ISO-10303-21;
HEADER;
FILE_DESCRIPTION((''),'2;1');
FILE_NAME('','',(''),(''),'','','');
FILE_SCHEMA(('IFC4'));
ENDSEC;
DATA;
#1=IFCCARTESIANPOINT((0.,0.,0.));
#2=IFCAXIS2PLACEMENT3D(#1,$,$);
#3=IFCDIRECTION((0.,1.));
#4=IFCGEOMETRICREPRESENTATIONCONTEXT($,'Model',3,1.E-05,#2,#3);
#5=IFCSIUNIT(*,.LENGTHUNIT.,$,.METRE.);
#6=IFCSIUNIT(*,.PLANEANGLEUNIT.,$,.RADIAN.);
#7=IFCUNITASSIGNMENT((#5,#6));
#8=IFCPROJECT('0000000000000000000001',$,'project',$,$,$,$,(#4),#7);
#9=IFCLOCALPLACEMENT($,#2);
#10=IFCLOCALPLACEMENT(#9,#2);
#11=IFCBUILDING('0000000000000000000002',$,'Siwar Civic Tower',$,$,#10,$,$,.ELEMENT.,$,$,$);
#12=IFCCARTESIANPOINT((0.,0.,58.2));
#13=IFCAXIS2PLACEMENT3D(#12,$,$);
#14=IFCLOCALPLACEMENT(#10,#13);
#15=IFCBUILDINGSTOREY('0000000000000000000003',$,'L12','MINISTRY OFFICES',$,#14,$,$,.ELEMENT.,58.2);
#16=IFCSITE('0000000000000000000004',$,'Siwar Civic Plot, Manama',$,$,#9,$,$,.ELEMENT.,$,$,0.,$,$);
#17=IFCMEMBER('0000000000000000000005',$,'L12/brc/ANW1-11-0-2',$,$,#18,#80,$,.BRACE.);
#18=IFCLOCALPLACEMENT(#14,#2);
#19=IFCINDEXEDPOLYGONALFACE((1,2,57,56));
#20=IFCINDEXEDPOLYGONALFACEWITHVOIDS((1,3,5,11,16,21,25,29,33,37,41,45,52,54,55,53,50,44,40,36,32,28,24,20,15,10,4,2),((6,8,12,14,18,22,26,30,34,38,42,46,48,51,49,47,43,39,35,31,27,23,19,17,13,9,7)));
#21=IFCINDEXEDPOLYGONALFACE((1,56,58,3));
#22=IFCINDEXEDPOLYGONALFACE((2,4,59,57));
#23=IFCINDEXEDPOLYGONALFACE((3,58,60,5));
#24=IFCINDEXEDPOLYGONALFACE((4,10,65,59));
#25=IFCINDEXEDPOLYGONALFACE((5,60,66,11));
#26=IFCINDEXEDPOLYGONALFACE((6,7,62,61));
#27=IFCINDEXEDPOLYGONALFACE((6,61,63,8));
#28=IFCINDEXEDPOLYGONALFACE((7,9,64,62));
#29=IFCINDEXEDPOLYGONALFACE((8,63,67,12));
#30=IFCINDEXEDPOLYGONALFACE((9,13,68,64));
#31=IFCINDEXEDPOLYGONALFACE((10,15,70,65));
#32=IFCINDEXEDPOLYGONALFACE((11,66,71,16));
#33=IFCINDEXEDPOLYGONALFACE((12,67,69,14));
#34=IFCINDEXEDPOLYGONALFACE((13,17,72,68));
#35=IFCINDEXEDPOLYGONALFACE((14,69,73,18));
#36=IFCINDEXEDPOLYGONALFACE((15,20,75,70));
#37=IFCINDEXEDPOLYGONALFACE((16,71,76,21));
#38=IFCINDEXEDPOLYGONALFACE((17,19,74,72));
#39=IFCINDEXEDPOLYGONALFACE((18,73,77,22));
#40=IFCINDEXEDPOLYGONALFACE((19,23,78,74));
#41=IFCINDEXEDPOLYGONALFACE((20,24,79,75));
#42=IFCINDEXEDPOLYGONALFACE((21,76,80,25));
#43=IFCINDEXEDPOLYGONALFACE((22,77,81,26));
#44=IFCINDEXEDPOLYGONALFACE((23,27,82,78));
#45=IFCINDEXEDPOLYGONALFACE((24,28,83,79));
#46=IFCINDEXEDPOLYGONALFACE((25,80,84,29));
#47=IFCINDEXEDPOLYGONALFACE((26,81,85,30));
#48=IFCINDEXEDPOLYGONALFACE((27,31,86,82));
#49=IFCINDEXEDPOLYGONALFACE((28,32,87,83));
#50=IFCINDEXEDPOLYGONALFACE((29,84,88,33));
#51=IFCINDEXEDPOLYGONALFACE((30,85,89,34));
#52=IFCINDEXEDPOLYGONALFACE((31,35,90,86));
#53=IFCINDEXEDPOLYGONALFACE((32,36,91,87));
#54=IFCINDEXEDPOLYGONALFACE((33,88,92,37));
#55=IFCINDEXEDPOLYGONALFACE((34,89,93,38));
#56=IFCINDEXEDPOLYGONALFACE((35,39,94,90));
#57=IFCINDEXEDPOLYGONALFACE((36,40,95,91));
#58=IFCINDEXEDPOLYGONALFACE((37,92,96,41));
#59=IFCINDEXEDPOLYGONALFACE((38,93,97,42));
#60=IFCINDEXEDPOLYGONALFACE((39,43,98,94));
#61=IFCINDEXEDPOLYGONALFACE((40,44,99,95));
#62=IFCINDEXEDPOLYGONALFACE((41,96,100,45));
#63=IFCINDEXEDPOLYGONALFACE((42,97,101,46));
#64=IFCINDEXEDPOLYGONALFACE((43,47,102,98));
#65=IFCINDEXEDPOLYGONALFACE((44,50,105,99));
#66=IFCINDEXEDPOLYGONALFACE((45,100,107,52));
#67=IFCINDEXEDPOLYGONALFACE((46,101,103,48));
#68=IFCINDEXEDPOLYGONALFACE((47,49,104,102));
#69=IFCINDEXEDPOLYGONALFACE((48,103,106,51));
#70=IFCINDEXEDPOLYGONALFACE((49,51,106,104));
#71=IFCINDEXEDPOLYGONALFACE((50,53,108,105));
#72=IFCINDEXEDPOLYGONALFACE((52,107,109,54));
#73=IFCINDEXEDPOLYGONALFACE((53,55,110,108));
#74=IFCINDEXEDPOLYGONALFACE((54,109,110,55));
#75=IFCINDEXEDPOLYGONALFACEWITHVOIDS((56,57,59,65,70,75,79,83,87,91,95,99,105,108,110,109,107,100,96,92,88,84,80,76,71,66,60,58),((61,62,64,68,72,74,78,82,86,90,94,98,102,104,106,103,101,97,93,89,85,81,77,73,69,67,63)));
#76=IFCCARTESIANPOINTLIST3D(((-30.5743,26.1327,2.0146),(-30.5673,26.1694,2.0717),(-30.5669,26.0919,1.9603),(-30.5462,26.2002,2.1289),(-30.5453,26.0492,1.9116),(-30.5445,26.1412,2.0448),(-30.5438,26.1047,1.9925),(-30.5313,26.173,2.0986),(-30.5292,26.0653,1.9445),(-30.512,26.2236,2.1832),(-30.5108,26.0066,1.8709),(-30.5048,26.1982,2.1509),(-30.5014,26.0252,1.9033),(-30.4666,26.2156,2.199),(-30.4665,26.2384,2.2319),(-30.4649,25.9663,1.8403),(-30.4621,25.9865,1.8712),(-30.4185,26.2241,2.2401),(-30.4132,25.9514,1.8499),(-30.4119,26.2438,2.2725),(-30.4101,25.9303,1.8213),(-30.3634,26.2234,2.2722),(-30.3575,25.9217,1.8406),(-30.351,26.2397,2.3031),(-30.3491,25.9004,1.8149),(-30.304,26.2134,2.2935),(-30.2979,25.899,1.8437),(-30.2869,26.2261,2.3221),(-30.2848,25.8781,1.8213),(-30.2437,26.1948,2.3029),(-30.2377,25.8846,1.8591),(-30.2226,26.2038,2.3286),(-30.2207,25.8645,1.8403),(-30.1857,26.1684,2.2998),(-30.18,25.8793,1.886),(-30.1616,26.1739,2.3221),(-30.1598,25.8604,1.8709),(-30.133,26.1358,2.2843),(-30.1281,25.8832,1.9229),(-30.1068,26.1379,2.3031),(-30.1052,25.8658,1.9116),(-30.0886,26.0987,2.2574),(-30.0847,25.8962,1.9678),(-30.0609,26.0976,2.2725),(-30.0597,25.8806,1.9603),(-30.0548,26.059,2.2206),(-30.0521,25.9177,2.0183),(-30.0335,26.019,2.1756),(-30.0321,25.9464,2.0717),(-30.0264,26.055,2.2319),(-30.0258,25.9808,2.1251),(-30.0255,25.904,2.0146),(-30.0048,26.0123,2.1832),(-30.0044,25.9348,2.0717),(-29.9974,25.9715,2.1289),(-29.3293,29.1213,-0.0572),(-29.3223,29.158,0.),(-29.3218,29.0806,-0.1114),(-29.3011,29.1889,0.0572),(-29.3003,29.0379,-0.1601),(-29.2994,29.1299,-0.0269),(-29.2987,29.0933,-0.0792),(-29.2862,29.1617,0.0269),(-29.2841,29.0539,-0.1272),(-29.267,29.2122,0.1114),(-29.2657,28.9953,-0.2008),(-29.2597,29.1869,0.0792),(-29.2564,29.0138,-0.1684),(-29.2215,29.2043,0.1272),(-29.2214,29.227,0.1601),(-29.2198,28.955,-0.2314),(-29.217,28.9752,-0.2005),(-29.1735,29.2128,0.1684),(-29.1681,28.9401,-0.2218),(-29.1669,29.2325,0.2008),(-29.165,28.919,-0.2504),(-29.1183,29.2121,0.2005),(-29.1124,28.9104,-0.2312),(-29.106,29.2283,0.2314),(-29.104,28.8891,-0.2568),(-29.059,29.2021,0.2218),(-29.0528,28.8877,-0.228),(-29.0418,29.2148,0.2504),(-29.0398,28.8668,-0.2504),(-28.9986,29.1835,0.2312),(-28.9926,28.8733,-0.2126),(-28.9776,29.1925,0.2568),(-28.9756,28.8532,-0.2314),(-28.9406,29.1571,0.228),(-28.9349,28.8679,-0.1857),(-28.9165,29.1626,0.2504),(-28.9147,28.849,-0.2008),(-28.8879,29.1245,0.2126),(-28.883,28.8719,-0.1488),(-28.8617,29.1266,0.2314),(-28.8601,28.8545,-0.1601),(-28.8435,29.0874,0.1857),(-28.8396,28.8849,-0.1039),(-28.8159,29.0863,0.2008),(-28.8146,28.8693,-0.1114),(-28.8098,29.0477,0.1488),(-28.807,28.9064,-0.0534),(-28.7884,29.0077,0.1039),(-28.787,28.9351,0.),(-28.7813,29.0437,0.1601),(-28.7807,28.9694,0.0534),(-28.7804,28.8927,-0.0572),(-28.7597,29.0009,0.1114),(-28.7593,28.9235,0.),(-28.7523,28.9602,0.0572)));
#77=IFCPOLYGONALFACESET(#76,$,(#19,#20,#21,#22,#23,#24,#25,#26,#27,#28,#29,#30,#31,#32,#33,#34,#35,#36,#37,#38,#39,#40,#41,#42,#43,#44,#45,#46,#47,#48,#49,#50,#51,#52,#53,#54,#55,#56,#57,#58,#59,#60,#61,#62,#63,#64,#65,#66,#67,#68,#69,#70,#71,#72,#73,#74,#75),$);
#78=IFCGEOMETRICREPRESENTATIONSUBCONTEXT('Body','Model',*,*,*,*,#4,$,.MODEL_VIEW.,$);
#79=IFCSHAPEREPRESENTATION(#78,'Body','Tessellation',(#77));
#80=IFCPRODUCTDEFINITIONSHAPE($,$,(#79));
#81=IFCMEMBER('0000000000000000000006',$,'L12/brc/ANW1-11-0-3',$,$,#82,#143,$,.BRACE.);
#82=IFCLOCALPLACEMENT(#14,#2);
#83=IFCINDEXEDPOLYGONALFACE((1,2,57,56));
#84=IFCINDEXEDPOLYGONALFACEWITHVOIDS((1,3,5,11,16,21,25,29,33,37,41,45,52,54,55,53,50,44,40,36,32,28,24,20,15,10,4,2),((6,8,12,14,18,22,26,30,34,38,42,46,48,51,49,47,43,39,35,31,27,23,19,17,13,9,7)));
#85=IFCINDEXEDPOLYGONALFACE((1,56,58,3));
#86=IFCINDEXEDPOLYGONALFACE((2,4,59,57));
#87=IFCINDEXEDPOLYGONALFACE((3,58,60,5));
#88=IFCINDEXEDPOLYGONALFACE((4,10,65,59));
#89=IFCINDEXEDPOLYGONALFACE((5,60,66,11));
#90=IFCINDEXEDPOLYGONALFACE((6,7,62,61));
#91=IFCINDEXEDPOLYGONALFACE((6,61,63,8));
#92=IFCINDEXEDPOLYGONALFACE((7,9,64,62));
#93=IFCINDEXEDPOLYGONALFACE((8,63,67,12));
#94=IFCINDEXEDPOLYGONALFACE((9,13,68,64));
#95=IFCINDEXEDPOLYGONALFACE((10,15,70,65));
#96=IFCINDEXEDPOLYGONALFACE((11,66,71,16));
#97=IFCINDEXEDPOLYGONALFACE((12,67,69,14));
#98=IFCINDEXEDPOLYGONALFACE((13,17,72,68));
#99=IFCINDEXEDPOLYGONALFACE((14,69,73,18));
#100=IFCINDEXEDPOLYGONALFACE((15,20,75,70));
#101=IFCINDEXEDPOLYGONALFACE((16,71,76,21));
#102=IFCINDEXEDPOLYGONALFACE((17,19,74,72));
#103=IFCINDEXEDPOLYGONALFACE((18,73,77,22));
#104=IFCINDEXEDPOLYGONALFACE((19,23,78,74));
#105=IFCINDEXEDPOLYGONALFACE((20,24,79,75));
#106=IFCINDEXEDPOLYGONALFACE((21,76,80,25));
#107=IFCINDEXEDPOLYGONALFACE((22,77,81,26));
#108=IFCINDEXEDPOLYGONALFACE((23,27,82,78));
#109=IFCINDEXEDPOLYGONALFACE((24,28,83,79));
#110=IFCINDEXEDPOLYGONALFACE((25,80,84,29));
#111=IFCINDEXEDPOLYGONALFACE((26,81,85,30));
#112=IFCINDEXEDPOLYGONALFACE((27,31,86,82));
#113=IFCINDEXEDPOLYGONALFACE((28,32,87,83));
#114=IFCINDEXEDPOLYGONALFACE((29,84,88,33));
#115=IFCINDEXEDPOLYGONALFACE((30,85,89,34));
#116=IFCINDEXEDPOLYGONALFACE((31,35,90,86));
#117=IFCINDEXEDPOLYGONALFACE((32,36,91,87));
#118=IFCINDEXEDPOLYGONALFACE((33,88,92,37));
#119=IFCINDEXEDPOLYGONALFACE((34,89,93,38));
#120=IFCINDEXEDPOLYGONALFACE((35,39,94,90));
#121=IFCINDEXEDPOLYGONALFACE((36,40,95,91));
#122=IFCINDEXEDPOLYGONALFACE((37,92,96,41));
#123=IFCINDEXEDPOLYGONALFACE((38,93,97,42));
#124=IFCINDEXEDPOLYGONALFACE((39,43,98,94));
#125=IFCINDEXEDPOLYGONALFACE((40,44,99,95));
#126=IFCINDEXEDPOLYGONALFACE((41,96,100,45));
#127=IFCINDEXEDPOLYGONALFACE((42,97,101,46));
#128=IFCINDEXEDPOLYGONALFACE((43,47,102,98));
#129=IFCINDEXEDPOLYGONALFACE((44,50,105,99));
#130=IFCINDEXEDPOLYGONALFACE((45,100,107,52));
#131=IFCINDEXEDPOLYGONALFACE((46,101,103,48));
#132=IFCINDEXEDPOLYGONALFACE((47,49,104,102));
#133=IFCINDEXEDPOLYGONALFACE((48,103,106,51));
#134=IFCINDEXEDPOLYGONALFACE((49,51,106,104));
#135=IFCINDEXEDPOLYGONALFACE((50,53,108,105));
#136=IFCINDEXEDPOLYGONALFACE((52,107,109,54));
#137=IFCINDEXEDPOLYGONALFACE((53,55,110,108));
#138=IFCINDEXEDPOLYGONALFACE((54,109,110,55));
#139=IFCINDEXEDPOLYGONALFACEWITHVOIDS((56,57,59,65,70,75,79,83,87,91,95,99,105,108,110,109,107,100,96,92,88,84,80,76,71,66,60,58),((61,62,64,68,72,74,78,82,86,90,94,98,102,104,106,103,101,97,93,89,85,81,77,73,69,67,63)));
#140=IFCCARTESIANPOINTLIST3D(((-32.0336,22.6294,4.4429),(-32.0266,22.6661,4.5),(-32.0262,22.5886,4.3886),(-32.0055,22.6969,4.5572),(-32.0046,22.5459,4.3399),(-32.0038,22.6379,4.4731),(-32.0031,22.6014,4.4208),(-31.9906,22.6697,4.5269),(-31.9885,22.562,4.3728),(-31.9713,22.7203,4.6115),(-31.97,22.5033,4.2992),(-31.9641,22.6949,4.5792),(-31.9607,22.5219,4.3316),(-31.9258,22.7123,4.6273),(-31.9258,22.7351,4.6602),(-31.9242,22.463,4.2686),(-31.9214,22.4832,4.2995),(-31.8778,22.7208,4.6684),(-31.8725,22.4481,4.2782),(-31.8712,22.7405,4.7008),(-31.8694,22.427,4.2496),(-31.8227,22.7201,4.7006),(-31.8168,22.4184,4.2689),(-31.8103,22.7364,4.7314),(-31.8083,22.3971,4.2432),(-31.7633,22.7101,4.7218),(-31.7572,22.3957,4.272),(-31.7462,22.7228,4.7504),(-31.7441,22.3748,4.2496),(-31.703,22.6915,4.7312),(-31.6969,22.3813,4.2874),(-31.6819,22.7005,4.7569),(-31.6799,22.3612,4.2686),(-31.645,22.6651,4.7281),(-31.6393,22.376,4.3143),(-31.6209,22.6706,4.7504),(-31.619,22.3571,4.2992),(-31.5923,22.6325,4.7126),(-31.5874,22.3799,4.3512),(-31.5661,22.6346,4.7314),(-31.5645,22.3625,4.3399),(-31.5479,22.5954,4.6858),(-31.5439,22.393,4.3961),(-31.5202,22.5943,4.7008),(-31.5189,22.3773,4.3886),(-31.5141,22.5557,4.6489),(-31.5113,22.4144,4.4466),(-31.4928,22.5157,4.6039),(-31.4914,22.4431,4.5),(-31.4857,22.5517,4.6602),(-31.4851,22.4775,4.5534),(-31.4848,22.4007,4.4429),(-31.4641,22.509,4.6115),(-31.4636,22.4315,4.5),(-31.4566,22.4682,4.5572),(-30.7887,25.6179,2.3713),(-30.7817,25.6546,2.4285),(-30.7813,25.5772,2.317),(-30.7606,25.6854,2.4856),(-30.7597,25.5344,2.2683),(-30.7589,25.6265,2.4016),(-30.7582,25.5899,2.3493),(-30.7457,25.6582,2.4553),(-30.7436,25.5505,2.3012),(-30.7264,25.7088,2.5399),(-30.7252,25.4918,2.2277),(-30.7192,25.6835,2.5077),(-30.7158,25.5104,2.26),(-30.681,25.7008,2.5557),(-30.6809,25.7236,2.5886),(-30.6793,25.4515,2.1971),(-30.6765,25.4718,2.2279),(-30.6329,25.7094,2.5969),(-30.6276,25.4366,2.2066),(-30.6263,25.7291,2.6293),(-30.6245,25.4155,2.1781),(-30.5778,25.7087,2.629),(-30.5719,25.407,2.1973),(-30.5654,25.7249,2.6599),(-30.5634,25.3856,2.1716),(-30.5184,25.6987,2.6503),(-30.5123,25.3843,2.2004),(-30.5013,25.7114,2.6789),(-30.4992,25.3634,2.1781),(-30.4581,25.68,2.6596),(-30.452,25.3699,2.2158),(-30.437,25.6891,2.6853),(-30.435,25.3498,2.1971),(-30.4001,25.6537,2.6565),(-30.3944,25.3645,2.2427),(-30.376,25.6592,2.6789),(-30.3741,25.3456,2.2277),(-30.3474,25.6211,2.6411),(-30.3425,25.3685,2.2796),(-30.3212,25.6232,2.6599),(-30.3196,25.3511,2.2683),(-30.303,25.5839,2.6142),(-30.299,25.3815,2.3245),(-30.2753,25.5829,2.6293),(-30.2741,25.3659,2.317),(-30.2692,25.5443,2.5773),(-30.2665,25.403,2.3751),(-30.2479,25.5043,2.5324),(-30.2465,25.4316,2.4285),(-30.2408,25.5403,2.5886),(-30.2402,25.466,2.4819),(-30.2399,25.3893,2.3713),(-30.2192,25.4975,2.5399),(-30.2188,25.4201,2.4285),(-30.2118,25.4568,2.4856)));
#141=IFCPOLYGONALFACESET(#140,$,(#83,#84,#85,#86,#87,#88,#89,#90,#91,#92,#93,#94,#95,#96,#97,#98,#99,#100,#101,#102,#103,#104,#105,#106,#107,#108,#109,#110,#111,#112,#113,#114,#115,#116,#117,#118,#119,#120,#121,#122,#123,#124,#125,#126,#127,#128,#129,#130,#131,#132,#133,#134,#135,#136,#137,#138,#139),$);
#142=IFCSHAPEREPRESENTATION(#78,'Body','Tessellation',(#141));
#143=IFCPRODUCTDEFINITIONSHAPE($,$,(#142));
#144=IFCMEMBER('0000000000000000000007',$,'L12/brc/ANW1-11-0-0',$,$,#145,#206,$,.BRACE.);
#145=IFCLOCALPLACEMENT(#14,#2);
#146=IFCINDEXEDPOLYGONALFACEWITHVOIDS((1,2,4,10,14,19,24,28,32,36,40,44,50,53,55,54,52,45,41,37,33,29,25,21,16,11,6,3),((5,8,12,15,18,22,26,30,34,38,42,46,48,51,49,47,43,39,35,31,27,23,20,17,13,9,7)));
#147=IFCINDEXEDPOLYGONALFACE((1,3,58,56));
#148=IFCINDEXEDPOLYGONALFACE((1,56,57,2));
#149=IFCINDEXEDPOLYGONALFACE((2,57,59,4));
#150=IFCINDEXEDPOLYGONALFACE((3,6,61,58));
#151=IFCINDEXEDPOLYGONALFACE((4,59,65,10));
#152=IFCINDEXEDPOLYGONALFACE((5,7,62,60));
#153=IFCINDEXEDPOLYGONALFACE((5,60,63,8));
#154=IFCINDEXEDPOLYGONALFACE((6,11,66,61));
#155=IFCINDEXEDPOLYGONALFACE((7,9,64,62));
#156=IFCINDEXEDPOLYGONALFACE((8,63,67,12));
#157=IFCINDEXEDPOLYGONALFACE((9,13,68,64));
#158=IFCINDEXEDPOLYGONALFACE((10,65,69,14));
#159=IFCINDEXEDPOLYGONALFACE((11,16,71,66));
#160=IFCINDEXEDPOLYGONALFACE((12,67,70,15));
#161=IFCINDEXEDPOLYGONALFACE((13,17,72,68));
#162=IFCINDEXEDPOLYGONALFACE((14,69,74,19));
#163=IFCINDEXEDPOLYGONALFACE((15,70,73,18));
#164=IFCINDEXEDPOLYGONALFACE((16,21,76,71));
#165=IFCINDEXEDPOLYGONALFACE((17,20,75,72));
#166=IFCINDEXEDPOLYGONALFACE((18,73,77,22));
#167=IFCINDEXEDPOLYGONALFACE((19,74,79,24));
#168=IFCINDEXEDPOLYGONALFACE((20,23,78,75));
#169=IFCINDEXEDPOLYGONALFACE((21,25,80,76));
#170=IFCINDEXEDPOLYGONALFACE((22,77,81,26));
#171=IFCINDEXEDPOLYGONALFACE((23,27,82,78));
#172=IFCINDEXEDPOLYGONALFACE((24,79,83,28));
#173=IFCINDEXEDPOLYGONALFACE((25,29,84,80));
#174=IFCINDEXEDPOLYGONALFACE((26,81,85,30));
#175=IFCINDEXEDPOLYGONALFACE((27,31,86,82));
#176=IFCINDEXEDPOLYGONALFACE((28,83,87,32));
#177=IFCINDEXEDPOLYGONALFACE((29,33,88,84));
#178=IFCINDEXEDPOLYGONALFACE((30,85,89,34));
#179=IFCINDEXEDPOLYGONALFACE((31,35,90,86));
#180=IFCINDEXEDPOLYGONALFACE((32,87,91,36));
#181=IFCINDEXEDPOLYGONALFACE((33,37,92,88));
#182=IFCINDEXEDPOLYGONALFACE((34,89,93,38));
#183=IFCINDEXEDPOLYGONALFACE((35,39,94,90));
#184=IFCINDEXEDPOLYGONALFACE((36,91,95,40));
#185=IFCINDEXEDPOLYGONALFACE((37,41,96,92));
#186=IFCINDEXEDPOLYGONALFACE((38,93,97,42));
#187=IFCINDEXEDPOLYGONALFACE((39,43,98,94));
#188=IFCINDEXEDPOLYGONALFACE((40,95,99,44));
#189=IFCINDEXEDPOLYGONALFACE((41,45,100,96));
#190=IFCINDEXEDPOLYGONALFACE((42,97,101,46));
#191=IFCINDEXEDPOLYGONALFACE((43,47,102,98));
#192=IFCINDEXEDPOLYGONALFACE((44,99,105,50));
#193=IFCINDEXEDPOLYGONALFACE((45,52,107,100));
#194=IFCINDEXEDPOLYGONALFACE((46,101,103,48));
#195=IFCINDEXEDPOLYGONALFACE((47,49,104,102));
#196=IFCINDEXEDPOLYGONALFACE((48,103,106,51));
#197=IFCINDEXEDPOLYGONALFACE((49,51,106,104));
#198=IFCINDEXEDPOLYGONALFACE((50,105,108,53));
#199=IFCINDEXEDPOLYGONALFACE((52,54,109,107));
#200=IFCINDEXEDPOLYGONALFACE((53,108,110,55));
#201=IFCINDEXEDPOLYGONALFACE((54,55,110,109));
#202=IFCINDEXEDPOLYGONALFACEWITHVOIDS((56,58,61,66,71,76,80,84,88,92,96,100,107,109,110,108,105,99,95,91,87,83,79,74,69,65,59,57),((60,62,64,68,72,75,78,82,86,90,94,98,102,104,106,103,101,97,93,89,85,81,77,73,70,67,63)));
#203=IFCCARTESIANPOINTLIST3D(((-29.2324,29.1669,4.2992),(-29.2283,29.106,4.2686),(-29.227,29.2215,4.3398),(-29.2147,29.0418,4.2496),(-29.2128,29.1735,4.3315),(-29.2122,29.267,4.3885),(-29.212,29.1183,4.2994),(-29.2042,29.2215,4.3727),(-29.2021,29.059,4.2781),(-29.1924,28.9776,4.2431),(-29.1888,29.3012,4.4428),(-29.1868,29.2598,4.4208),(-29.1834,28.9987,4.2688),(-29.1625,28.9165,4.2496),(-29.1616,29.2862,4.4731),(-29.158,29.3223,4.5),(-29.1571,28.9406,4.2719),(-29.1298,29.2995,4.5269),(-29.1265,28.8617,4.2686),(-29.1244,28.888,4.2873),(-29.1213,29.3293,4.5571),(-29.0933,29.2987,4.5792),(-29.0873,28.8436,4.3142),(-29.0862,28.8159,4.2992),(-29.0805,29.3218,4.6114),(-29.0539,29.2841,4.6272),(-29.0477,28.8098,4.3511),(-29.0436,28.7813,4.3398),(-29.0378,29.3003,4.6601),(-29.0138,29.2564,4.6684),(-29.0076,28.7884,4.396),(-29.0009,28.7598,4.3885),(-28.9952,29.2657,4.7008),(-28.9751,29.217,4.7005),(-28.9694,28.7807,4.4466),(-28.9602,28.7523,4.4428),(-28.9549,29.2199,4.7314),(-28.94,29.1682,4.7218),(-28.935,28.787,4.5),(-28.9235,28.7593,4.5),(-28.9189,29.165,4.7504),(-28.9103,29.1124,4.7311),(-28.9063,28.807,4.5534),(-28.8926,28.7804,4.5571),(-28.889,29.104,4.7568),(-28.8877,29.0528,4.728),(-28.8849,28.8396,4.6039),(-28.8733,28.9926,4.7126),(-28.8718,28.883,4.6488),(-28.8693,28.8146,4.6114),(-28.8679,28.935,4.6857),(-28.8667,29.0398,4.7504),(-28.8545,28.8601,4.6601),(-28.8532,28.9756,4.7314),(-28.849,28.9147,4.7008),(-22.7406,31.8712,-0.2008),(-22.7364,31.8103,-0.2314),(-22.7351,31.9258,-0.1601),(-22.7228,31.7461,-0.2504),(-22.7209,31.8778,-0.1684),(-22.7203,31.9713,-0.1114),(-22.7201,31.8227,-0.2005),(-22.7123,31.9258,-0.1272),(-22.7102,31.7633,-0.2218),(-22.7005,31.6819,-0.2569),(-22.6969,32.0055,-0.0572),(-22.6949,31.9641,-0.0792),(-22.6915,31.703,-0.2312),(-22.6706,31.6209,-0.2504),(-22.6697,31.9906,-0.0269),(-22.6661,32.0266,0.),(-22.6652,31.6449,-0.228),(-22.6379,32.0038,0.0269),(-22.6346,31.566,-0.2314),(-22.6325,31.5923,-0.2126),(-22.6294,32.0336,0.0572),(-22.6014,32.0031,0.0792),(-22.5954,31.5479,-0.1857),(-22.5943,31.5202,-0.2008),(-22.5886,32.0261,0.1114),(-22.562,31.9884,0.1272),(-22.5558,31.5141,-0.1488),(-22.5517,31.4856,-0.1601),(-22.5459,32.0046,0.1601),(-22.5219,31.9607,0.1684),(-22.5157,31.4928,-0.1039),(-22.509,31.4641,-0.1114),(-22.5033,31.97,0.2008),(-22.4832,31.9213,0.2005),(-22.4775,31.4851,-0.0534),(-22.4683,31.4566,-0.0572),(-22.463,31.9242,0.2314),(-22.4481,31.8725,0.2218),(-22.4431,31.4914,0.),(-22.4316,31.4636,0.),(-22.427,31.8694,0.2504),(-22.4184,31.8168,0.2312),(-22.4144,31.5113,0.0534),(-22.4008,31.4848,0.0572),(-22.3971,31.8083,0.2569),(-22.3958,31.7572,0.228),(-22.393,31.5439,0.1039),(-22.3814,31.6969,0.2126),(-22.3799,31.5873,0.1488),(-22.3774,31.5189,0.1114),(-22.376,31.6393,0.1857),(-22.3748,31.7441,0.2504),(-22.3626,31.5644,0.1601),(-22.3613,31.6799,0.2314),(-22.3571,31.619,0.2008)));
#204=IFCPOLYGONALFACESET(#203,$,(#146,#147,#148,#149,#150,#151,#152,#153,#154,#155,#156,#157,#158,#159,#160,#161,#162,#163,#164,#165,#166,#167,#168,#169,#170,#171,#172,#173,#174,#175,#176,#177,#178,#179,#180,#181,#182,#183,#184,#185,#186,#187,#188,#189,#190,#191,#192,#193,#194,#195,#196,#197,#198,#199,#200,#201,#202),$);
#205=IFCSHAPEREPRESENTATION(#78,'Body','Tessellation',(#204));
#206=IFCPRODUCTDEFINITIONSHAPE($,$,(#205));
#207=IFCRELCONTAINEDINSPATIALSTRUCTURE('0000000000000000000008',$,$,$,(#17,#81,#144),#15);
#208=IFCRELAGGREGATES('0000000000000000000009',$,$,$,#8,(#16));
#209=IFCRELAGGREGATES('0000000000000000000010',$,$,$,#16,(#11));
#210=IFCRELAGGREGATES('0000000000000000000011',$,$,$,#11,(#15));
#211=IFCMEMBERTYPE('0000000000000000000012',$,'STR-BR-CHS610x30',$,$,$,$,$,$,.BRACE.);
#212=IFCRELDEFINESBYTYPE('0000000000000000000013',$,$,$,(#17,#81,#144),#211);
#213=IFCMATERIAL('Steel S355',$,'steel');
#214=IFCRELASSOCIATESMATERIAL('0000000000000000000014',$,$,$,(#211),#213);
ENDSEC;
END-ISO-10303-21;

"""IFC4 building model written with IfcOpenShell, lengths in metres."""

from ifc_helpers import new_model, si_unit, direction, frame, origin, origin_2d, place, context, subcontext, project, spatial, hollow_circle, extrude, material, material_profile, profile_set, type_object, element, save


model = new_model("IFC4")

# Units and contexts
model_context = context("Model", 3, precision=1e-05, world=origin(), true_north=direction((0.0, 1.0)))
body_context = subcontext(model_context, "Body", "Model", "MODEL_VIEW")
ifc_project = project(units=[si_unit("LENGTHUNIT", "METRE"), si_unit("PLANEANGLEUNIT", "RADIAN")], contexts=[model_context])

# Site, building, storey
site_placement = place(None, origin())
site = spatial("IfcSite", under=ifc_project, at=site_placement, Name="Siwar Civic Plot, Manama", CompositionType="ELEMENT", RefElevation=0.0)
building_placement = place(site_placement, origin())
building = spatial("IfcBuilding", under=site, at=building_placement, Name="Siwar Civic Tower", CompositionType="ELEMENT")
storey_placement = place(building_placement, frame((0.0, 0.0, 58.2)))
storey = spatial("IfcBuildingStorey", under=building, at=storey_placement, Name="L12", Description="MINISTRY OFFICES", CompositionType="ELEMENT", Elevation=58.2)

# Members
ifc_material_1 = material(Name="Steel S355", Category="steel")
ifc_material_profile_1 = material_profile(ifc_material_1, hollow_circle(Radius=0.3049, WallThickness=0.03, at=origin_2d()), Name="CHS610x30")
ifc_profile_set_1 = profile_set([ifc_material_profile_1], Name="Steel S355")
member_type_1 = type_object("IfcMemberType", Name="STR-BR-CHS610x30", PredefinedType="BRACE", material=ifc_profile_set_1)
member_1_placement = place(storey_placement, frame((-29.0408, 29.0408, 0.0), z_axis=(-0.323923, -0.777542, 0.538982), x_axis=(0.923099, -0.384562, 0.0)))
element("IfcMember", 1, at=member_1_placement, inside=storey, type_object=member_type_1, Name="L12/brc/ANW1-11-0-2", PredefinedType="BRACE", context=body_context, shape_type="SweptSolid", body=[
    extrude(hollow_circle(Radius=0.3049, WallThickness=0.03, at=origin_2d()), origin(), (0.0, 0.0, 1.0), 3.8438),
])
member_2_placement = place(storey_placement, frame((-30.5002, 25.5374, 2.4285), z_axis=(-0.323893, -0.77756, 0.538975), x_axis=(0.923115, -0.384524, 0.0)))
element("IfcMember", 2, at=member_2_placement, inside=storey, type_object=member_type_1, Name="L12/brc/ANW1-11-0-3", PredefinedType="BRACE", context=body_context, shape_type="SweptSolid", body=[
    extrude(hollow_circle(Radius=0.3049, WallThickness=0.03, at=origin_2d()), origin(), (0.0, 0.0, 1.0), 3.8435),
])
member_3_placement = place(storey_placement, frame((-22.5488, 31.7451, 0.0), z_axis=(-0.777555, -0.323906, 0.538975), x_axis=(0.384539, -0.923109, 0.0)))
element("IfcMember", 3, at=member_3_placement, inside=storey, type_object=member_type_1, Name="L12/brc/ANW1-11-0-0", PredefinedType="BRACE", context=body_context, shape_type="SweptSolid", body=[
    extrude(hollow_circle(Radius=0.3049, WallThickness=0.03, at=origin_2d()), origin(), (0.0, 0.0, 1.0), 8.3491),
])

save(model, "model.ifc")
